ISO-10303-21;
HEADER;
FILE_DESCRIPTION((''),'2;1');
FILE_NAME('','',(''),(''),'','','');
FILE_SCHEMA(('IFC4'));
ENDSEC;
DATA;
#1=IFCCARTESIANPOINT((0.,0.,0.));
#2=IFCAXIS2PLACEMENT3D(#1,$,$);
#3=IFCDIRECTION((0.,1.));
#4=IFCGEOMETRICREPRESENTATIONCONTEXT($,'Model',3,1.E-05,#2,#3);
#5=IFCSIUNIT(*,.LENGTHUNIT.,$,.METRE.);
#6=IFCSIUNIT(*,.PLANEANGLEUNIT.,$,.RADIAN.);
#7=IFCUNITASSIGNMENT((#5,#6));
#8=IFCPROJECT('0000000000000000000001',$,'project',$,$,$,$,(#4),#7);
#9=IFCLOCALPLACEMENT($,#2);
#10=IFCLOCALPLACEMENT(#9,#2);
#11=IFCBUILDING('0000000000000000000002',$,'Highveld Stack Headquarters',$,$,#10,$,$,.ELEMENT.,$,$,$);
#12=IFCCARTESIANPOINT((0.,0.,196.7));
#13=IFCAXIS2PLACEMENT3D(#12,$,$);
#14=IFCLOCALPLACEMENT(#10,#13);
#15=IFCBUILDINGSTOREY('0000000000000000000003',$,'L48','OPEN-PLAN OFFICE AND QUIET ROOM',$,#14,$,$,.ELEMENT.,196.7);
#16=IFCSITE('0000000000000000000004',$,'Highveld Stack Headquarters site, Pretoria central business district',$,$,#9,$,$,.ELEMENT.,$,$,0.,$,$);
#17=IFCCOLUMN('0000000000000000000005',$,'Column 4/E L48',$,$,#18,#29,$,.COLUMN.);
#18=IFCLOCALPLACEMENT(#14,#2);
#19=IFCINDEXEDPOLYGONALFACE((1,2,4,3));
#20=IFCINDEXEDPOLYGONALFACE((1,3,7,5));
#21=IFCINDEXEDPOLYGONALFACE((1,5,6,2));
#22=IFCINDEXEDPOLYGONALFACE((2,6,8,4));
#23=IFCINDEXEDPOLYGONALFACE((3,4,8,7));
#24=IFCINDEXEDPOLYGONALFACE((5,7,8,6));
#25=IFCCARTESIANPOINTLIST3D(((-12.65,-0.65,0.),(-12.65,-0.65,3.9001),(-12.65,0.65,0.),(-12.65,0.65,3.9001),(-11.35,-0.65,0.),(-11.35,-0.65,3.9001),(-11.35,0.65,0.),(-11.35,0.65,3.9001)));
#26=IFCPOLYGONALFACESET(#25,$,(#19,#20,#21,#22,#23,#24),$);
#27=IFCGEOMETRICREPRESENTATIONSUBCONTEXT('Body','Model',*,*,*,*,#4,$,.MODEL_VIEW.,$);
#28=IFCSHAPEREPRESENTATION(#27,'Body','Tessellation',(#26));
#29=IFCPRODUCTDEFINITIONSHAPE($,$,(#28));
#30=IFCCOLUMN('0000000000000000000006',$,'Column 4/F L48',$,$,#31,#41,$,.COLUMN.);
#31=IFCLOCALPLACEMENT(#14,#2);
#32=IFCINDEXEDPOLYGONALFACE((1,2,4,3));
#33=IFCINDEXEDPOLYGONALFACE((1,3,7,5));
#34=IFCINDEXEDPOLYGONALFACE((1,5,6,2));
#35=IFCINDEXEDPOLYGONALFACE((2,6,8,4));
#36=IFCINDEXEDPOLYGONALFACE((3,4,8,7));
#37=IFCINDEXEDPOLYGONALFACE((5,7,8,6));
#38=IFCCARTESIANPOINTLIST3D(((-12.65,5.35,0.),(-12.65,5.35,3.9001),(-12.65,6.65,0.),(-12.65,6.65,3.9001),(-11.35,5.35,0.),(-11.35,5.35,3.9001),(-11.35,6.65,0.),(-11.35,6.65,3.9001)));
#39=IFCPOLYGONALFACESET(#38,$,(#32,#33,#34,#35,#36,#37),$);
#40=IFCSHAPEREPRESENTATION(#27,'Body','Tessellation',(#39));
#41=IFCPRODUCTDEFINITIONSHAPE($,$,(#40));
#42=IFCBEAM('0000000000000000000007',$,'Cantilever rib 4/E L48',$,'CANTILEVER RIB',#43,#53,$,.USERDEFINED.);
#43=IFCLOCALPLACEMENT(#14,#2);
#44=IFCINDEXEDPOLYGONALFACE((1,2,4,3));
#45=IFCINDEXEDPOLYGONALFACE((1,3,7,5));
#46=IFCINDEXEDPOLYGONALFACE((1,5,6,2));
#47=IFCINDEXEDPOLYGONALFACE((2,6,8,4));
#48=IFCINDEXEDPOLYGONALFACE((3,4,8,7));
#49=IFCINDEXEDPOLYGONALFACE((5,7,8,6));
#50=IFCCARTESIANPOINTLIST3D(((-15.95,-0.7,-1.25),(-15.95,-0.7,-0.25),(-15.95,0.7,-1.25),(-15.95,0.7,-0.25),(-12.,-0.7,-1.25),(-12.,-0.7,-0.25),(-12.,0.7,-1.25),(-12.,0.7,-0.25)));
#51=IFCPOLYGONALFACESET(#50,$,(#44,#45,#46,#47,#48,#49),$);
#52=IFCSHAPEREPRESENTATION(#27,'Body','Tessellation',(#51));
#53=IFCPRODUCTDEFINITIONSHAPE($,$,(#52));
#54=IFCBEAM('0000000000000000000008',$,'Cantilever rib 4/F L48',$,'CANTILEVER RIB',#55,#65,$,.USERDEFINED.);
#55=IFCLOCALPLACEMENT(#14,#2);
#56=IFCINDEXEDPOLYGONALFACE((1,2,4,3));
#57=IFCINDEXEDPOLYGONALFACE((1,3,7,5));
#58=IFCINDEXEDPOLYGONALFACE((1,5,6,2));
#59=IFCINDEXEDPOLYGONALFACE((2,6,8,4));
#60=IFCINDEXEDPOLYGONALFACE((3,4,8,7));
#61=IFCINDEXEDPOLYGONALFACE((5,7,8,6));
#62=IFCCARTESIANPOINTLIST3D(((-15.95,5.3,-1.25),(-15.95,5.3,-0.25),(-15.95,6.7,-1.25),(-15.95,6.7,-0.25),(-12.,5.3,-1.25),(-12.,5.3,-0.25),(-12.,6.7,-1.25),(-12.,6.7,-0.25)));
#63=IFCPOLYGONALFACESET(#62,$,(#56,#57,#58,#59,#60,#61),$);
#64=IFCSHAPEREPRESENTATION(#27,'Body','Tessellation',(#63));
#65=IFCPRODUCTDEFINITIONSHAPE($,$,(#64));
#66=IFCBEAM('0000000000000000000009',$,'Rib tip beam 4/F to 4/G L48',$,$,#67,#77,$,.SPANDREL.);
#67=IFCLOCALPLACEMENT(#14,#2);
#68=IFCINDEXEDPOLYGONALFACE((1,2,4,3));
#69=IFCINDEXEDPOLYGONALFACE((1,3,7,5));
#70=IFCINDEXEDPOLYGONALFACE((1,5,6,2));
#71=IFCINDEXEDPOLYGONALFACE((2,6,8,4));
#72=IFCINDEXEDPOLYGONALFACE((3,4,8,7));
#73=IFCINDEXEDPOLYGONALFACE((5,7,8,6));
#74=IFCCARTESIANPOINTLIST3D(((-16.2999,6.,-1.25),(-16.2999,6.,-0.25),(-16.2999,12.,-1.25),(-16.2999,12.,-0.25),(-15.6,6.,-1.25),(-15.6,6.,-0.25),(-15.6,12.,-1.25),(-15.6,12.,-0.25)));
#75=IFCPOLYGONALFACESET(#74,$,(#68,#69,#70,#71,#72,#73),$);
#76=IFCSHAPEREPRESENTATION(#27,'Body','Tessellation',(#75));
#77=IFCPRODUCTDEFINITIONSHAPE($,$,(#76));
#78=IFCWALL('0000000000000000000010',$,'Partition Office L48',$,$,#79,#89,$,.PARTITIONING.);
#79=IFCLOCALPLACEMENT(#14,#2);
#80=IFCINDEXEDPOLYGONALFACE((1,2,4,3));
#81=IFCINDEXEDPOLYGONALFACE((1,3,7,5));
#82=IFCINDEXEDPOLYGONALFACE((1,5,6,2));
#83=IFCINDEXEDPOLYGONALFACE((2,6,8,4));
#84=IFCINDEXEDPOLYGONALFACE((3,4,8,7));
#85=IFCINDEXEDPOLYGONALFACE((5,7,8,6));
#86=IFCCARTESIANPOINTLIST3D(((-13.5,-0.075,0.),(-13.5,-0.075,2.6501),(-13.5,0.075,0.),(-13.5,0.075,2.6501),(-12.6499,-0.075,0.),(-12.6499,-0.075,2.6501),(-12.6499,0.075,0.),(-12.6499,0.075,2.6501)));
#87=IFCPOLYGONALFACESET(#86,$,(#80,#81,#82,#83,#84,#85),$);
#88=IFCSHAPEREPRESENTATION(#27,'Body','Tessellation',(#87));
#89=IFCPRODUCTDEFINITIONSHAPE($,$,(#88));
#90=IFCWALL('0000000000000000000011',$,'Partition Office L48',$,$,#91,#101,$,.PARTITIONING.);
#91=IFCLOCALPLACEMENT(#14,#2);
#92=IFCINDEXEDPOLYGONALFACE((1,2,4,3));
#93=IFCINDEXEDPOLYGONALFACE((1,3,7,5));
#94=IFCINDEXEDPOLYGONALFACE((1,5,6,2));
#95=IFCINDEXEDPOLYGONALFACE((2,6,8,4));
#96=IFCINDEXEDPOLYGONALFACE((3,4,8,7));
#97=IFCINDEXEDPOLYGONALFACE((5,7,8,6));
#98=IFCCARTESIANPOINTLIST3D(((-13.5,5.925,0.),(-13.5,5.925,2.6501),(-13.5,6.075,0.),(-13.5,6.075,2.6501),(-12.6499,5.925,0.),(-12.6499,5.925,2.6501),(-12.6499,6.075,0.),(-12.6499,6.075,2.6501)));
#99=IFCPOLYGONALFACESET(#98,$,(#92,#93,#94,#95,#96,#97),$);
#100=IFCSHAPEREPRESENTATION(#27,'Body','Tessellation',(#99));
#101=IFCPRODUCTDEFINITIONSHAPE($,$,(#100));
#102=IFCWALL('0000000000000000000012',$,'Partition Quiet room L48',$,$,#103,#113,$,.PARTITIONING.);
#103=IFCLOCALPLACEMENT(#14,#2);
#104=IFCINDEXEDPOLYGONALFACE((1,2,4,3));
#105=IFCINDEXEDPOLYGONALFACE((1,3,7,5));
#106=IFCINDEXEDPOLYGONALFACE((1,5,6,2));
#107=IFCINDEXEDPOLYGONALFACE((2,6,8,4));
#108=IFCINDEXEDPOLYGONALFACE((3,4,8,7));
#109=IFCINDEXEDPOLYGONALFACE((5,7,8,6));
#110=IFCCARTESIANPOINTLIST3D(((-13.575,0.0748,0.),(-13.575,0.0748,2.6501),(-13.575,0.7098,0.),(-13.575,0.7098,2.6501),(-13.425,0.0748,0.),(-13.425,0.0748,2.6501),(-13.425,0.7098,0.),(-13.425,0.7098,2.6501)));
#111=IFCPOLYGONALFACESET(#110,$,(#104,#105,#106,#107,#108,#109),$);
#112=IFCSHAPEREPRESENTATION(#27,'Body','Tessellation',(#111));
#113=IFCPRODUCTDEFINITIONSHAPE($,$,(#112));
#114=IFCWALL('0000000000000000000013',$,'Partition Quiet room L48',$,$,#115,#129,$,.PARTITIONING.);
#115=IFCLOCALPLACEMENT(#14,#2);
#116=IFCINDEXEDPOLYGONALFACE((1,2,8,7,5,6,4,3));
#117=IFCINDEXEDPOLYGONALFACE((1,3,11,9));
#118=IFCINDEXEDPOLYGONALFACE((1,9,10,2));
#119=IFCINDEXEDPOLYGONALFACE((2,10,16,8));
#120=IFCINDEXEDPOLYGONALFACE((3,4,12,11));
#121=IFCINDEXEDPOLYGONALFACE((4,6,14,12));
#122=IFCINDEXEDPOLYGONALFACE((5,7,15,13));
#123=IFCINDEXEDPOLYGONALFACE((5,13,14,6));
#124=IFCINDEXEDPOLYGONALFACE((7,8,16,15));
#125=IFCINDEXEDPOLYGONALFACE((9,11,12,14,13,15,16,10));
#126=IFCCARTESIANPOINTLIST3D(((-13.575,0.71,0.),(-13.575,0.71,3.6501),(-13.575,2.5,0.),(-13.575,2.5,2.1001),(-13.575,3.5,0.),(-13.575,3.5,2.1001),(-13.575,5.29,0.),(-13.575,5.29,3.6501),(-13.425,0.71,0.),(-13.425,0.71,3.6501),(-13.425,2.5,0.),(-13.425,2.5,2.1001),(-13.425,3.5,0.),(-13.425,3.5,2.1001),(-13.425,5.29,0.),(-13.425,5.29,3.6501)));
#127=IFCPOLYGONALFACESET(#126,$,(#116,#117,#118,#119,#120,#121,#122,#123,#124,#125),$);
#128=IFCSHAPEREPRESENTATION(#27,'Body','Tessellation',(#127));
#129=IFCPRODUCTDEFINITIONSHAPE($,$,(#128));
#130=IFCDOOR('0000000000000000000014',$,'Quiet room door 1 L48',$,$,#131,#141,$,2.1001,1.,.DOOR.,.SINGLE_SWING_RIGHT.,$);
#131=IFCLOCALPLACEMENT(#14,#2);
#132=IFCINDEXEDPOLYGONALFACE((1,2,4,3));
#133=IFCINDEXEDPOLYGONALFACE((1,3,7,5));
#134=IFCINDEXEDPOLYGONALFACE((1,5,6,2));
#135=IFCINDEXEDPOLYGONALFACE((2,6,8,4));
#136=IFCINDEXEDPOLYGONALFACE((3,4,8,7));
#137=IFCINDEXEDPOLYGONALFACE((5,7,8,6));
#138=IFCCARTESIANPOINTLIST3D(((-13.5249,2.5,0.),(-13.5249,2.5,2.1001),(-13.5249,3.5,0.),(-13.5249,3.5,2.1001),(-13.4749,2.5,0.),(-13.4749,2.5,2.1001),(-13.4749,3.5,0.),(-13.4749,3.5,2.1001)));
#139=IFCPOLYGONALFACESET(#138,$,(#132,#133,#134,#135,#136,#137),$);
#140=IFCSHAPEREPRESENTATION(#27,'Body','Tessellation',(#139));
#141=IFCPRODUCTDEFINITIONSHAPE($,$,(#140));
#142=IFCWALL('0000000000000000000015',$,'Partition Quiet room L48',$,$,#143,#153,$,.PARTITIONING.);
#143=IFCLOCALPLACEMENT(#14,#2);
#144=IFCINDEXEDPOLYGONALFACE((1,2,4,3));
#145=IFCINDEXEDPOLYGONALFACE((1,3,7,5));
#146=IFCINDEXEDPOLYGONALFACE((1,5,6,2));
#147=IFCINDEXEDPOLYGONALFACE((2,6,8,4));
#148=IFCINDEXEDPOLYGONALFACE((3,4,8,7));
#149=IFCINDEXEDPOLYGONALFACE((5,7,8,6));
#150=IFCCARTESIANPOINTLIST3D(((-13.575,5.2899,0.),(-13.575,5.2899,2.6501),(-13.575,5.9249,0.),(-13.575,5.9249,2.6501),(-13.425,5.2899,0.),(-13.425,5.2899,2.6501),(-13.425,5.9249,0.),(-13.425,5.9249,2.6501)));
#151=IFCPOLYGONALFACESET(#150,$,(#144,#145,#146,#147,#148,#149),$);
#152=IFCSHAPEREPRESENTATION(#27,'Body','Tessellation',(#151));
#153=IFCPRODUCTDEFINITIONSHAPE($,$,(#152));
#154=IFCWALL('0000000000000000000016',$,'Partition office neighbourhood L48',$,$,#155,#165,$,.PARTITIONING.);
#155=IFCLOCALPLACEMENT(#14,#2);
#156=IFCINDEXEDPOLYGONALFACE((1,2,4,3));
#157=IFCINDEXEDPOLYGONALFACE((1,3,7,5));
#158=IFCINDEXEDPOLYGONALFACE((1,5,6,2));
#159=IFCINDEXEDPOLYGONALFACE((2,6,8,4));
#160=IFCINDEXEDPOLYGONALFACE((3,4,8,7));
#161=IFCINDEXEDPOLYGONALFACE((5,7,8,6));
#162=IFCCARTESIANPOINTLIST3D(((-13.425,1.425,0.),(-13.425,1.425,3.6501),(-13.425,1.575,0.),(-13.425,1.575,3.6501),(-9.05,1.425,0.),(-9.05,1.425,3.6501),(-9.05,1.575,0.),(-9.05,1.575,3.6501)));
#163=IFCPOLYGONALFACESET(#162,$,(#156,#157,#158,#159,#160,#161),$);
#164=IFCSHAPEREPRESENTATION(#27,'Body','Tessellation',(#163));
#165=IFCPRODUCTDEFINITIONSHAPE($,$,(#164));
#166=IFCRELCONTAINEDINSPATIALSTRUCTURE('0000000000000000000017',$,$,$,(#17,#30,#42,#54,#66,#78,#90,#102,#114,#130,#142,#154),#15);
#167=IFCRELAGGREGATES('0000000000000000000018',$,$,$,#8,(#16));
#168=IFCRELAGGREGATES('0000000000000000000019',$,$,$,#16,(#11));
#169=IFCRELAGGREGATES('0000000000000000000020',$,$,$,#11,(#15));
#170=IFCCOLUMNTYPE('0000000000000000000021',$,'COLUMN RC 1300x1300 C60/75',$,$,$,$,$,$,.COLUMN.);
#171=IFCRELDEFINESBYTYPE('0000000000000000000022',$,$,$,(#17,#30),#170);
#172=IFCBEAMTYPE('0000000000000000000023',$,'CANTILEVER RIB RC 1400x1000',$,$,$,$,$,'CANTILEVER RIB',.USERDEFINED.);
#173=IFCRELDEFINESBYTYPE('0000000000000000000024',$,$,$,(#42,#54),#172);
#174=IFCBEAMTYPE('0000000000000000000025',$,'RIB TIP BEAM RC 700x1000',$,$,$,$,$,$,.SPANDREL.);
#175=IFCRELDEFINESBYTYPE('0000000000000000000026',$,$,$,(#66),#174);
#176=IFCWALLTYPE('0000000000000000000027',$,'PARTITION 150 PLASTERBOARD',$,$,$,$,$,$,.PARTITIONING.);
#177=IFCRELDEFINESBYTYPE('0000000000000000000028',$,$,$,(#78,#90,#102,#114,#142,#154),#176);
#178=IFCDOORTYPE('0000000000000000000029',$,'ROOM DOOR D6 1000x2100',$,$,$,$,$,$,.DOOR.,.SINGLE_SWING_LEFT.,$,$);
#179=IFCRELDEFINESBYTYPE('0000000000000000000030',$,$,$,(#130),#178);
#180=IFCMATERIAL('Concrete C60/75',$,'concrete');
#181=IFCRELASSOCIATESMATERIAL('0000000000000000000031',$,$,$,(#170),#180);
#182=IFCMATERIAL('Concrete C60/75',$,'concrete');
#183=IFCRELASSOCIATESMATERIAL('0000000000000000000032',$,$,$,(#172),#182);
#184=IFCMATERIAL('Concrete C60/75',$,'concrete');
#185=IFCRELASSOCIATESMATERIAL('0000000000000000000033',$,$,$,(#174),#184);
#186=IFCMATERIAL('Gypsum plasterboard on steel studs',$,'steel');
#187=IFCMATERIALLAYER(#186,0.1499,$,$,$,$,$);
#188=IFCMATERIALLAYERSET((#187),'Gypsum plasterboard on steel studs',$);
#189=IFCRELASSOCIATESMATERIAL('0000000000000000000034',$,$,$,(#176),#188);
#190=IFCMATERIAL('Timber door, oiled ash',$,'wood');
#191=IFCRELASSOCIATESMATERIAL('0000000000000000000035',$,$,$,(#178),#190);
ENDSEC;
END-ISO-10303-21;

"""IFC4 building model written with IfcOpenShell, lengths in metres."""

from ifc_helpers import new_model, si_unit, direction, frame, frame_2d, origin, origin_2d, place, context, subcontext, project, spatial, rectangle, extrude, material, layer, layer_set, material_profile, profile_set, type_object, element, fill, save


model = new_model("IFC4")

# Units and contexts
model_context = context("Model", 3, precision=1e-05, world=origin(), true_north=direction((0.0, 1.0)))
body_context = subcontext(model_context, "Body", "Model", "MODEL_VIEW")
ifc_project = project(units=[si_unit("LENGTHUNIT", "METRE"), si_unit("PLANEANGLEUNIT", "RADIAN")], contexts=[model_context])

# Site, building, storey
site_placement = place(None, origin())
site = spatial("IfcSite", under=ifc_project, at=site_placement, Name="Highveld Stack Headquarters site, Pretoria central business district", CompositionType="ELEMENT", RefElevation=0.0)
building_placement = place(site_placement, origin())
building = spatial("IfcBuilding", under=site, at=building_placement, Name="Highveld Stack Headquarters", CompositionType="ELEMENT")
storey_placement = place(building_placement, frame((0.0, 0.0, 196.7)))
storey = spatial("IfcBuildingStorey", under=building, at=storey_placement, Name="L48", Description="OPEN-PLAN OFFICE AND QUIET ROOM", CompositionType="ELEMENT", Elevation=196.7)

# Columns
ifc_material_1 = material(Name="Concrete C60/75", Category="concrete")
ifc_material_profile_1 = material_profile(ifc_material_1, rectangle(XDim=1.3, YDim=1.3, at=origin_2d()), Name="RC 1300x1300")
ifc_profile_set_1 = profile_set([ifc_material_profile_1], Name="Concrete C60/75")
column_type = type_object("IfcColumnType", Name="COLUMN RC 1300x1300 C60/75", PredefinedType="COLUMN", material=ifc_profile_set_1)
for number, where, z_axis, x_axis, name in (
    (1, (-12.0, 0.0, 0.0), (0.0, 0.0, 1.0), (1.0, 0.0, 0.0), "Column 4/E L48"),
    (2, (-12.0, 6.0, 0.0), (0.0, 0.0, 1.0), (1.0, 0.0, 0.0), "Column 4/F L48"),
):
    element("IfcColumn", number, at=place(storey_placement, frame(where, z_axis=z_axis, x_axis=x_axis)), inside=storey, type_object=column_type, Name=name, PredefinedType="COLUMN", context=body_context, shape_type="SweptSolid", body=[
        extrude(rectangle(XDim=1.3, YDim=1.3, at=origin_2d()), origin(), (0.0, 0.0, 1.0), 3.9001),
    ])

# Beams
ifc_material_2 = material(Name="Concrete C60/75", Category="concrete")
ifc_material_profile_2 = material_profile(ifc_material_2, rectangle(XDim=1.3999, YDim=1.0, at=origin_2d()), Name="RC 1400x1000")
ifc_profile_set_2 = profile_set([ifc_material_profile_2], Name="Concrete C60/75")
beam_type_1 = type_object("IfcBeamType", Name="CANTILEVER RIB RC 1400x1000", ElementType="CANTILEVER RIB", PredefinedType="USERDEFINED", material=ifc_profile_set_2)
for number, where, z_axis, x_axis, name in (
    (3, (-12.0, 0.0, -0.75), (-1.0, 0.0, 0.0), (0.0, -1.0, 0.0), "Cantilever rib 4/E L48"),
    (4, (-12.0, 6.0, -0.75), (-1.0, 0.0, 0.0), (0.0, -1.0, 0.0), "Cantilever rib 4/F L48"),
):
    element("IfcBeam", number, at=place(storey_placement, frame(where, z_axis=z_axis, x_axis=x_axis)), inside=storey, type_object=beam_type_1, Name=name, ObjectType="CANTILEVER RIB", PredefinedType="USERDEFINED", context=body_context, shape_type="SweptSolid", body=[
        extrude(rectangle(XDim=1.3999, YDim=1.0, at=origin_2d()), origin(), (0.0, 0.0, 1.0), 3.95),
    ])
ifc_material_3 = material(Name="Concrete C60/75", Category="concrete")
ifc_material_profile_3 = material_profile(ifc_material_3, rectangle(XDim=0.7, YDim=1.0, at=origin_2d()), Name="RC 700x1000")
ifc_profile_set_3 = profile_set([ifc_material_profile_3], Name="Concrete C60/75")
beam_type_2 = type_object("IfcBeamType", Name="RIB TIP BEAM RC 700x1000", PredefinedType="SPANDREL", material=ifc_profile_set_3)
beam_placement = place(storey_placement, frame((-15.95, 6.0, -0.75), z_axis=(0.0, 1.0, 0.0), x_axis=(-1.0, 0.0, 0.0)))
element("IfcBeam", 5, at=beam_placement, inside=storey, type_object=beam_type_2, Name="Rib tip beam 4/F to 4/G L48", PredefinedType="SPANDREL", context=body_context, shape_type="SweptSolid", body=[
    extrude(rectangle(XDim=0.7, YDim=1.0, at=origin_2d()), origin(), (0.0, 0.0, 1.0), 6.0),
])

# Walls
ifc_material_4 = material(Name="Gypsum plasterboard on steel studs", Category="steel")
ifc_layer = layer(ifc_material_4, 0.1499)
ifc_layer_set = layer_set([ifc_layer], Name="Gypsum plasterboard on steel studs")
wall_type = type_object("IfcWallType", Name="PARTITION 150 PLASTERBOARD", PredefinedType="PARTITIONING", material=ifc_layer_set)
for number, where, z_axis, x_axis, name in (
    (6, (-13.5, 0.0, 0.0), (0.0, 0.0, 1.0), (1.0, 0.0, 0.0), "Partition Office L48"),
    (7, (-13.5, 6.0, 0.0), (0.0, 0.0, 1.0), (1.0, 0.0, 0.0), "Partition Office L48"),
):
    element("IfcWall", number, at=place(storey_placement, frame(where, z_axis=z_axis, x_axis=x_axis)), inside=storey, type_object=wall_type, Name=name, PredefinedType="PARTITIONING", context=body_context, shape_type="SweptSolid", body=[
        extrude(rectangle(XDim=0.8501, YDim=0.1499, at=frame_2d((0.425, 0.0))), origin(), (0.0, 0.0, 1.0), 2.6501),
    ])
wall_1_placement = place(storey_placement, frame((-13.5, 0.075, 0.0), z_axis=(0.0, 0.0, 1.0), x_axis=(0.0, 1.0, 0.0)))
element("IfcWall", 8, at=wall_1_placement, inside=storey, type_object=wall_type, Name="Partition Quiet room L48", PredefinedType="PARTITIONING", context=body_context, shape_type="SweptSolid", body=[
    extrude(rectangle(XDim=0.635, YDim=0.1499, at=frame_2d((0.3174, 0.0))), origin(), (0.0, 0.0, 1.0), 2.6501),
])

# Wall, opening, door
wall_2_placement = place(storey_placement, frame((-13.5, 0.71, 0.0), z_axis=(0.0, 0.0, 1.0), x_axis=(0.0, 1.0, 0.0)))
wall_2 = element("IfcWall", 9, at=wall_2_placement, inside=storey, type_object=wall_type, Name="Partition Quiet room L48", PredefinedType="PARTITIONING", context=body_context, shape_type="SweptSolid", body=[
    extrude(rectangle(XDim=4.5801, YDim=0.1499, at=frame_2d((2.29, 0.0))), origin(), (0.0, 0.0, 1.0), 3.6501),
])
opening_placement = place(wall_2_placement, frame((1.79, 0.0, 0.0)))
opening = element("IfcOpeningElement", 10, at=opening_placement, cuts=wall_2, PredefinedType="OPENING", context=body_context, shape_type="SweptSolid", body=[
    extrude(rectangle(XDim=1.0, YDim=2.1001, at=frame_2d((0.5, 1.05))), frame((0.0, 0.085, 0.0), z_axis=(0.0, -1.0, 0.0), x_axis=(1.0, 0.0, 0.0)), (0.0, 0.0, 1.0), 0.1699),
])
ifc_material_5 = material(Name="Timber door, oiled ash", Category="wood")
door_type = type_object("IfcDoorType", Name="ROOM DOOR D6 1000x2100", OperationType="SINGLE_SWING_LEFT", PredefinedType="DOOR", material=ifc_material_5)
door_placement = place(opening_placement, origin())
door = element("IfcDoor", 11, at=door_placement, inside=storey, type_object=door_type, Name="Quiet room door 1 L48", OperationType="SINGLE_SWING_RIGHT", OverallHeight=2.1001, OverallWidth=1.0, PredefinedType="DOOR", context=body_context, shape_type="SweptSolid", body=[
    extrude(rectangle(XDim=1.0, YDim=2.1001, at=frame_2d((0.5, 1.05))), frame((0.0, 0.0249, 0.0), z_axis=(0.0, -1.0, 0.0), x_axis=(1.0, 0.0, 0.0)), (0.0, 0.0, 1.0), 0.05),
])
fill(opening, door)

# Walls
wall_3_placement = place(storey_placement, frame((-13.5, 5.29, 0.0), z_axis=(0.0, 0.0, 1.0), x_axis=(0.0, 1.0, 0.0)))
element("IfcWall", 12, at=wall_3_placement, inside=storey, type_object=wall_type, Name="Partition Quiet room L48", PredefinedType="PARTITIONING", context=body_context, shape_type="SweptSolid", body=[
    extrude(rectangle(XDim=0.635, YDim=0.1499, at=frame_2d((0.3174, 0.0))), origin(), (0.0, 0.0, 1.0), 2.6501),
])
wall_4_placement = place(storey_placement, frame((-13.425, 1.5, 0.0), z_axis=(0.0, 0.0, 1.0), x_axis=(1.0, 0.0, 0.0)))
element("IfcWall", 13, at=wall_4_placement, inside=storey, type_object=wall_type, Name="Partition office neighbourhood L48", PredefinedType="PARTITIONING", context=body_context, shape_type="SweptSolid", body=[
    extrude(rectangle(XDim=4.375, YDim=0.1499, at=frame_2d((2.1875, 0.0))), origin(), (0.0, 0.0, 1.0), 3.6501),
])

save(model, "model.ifc")
